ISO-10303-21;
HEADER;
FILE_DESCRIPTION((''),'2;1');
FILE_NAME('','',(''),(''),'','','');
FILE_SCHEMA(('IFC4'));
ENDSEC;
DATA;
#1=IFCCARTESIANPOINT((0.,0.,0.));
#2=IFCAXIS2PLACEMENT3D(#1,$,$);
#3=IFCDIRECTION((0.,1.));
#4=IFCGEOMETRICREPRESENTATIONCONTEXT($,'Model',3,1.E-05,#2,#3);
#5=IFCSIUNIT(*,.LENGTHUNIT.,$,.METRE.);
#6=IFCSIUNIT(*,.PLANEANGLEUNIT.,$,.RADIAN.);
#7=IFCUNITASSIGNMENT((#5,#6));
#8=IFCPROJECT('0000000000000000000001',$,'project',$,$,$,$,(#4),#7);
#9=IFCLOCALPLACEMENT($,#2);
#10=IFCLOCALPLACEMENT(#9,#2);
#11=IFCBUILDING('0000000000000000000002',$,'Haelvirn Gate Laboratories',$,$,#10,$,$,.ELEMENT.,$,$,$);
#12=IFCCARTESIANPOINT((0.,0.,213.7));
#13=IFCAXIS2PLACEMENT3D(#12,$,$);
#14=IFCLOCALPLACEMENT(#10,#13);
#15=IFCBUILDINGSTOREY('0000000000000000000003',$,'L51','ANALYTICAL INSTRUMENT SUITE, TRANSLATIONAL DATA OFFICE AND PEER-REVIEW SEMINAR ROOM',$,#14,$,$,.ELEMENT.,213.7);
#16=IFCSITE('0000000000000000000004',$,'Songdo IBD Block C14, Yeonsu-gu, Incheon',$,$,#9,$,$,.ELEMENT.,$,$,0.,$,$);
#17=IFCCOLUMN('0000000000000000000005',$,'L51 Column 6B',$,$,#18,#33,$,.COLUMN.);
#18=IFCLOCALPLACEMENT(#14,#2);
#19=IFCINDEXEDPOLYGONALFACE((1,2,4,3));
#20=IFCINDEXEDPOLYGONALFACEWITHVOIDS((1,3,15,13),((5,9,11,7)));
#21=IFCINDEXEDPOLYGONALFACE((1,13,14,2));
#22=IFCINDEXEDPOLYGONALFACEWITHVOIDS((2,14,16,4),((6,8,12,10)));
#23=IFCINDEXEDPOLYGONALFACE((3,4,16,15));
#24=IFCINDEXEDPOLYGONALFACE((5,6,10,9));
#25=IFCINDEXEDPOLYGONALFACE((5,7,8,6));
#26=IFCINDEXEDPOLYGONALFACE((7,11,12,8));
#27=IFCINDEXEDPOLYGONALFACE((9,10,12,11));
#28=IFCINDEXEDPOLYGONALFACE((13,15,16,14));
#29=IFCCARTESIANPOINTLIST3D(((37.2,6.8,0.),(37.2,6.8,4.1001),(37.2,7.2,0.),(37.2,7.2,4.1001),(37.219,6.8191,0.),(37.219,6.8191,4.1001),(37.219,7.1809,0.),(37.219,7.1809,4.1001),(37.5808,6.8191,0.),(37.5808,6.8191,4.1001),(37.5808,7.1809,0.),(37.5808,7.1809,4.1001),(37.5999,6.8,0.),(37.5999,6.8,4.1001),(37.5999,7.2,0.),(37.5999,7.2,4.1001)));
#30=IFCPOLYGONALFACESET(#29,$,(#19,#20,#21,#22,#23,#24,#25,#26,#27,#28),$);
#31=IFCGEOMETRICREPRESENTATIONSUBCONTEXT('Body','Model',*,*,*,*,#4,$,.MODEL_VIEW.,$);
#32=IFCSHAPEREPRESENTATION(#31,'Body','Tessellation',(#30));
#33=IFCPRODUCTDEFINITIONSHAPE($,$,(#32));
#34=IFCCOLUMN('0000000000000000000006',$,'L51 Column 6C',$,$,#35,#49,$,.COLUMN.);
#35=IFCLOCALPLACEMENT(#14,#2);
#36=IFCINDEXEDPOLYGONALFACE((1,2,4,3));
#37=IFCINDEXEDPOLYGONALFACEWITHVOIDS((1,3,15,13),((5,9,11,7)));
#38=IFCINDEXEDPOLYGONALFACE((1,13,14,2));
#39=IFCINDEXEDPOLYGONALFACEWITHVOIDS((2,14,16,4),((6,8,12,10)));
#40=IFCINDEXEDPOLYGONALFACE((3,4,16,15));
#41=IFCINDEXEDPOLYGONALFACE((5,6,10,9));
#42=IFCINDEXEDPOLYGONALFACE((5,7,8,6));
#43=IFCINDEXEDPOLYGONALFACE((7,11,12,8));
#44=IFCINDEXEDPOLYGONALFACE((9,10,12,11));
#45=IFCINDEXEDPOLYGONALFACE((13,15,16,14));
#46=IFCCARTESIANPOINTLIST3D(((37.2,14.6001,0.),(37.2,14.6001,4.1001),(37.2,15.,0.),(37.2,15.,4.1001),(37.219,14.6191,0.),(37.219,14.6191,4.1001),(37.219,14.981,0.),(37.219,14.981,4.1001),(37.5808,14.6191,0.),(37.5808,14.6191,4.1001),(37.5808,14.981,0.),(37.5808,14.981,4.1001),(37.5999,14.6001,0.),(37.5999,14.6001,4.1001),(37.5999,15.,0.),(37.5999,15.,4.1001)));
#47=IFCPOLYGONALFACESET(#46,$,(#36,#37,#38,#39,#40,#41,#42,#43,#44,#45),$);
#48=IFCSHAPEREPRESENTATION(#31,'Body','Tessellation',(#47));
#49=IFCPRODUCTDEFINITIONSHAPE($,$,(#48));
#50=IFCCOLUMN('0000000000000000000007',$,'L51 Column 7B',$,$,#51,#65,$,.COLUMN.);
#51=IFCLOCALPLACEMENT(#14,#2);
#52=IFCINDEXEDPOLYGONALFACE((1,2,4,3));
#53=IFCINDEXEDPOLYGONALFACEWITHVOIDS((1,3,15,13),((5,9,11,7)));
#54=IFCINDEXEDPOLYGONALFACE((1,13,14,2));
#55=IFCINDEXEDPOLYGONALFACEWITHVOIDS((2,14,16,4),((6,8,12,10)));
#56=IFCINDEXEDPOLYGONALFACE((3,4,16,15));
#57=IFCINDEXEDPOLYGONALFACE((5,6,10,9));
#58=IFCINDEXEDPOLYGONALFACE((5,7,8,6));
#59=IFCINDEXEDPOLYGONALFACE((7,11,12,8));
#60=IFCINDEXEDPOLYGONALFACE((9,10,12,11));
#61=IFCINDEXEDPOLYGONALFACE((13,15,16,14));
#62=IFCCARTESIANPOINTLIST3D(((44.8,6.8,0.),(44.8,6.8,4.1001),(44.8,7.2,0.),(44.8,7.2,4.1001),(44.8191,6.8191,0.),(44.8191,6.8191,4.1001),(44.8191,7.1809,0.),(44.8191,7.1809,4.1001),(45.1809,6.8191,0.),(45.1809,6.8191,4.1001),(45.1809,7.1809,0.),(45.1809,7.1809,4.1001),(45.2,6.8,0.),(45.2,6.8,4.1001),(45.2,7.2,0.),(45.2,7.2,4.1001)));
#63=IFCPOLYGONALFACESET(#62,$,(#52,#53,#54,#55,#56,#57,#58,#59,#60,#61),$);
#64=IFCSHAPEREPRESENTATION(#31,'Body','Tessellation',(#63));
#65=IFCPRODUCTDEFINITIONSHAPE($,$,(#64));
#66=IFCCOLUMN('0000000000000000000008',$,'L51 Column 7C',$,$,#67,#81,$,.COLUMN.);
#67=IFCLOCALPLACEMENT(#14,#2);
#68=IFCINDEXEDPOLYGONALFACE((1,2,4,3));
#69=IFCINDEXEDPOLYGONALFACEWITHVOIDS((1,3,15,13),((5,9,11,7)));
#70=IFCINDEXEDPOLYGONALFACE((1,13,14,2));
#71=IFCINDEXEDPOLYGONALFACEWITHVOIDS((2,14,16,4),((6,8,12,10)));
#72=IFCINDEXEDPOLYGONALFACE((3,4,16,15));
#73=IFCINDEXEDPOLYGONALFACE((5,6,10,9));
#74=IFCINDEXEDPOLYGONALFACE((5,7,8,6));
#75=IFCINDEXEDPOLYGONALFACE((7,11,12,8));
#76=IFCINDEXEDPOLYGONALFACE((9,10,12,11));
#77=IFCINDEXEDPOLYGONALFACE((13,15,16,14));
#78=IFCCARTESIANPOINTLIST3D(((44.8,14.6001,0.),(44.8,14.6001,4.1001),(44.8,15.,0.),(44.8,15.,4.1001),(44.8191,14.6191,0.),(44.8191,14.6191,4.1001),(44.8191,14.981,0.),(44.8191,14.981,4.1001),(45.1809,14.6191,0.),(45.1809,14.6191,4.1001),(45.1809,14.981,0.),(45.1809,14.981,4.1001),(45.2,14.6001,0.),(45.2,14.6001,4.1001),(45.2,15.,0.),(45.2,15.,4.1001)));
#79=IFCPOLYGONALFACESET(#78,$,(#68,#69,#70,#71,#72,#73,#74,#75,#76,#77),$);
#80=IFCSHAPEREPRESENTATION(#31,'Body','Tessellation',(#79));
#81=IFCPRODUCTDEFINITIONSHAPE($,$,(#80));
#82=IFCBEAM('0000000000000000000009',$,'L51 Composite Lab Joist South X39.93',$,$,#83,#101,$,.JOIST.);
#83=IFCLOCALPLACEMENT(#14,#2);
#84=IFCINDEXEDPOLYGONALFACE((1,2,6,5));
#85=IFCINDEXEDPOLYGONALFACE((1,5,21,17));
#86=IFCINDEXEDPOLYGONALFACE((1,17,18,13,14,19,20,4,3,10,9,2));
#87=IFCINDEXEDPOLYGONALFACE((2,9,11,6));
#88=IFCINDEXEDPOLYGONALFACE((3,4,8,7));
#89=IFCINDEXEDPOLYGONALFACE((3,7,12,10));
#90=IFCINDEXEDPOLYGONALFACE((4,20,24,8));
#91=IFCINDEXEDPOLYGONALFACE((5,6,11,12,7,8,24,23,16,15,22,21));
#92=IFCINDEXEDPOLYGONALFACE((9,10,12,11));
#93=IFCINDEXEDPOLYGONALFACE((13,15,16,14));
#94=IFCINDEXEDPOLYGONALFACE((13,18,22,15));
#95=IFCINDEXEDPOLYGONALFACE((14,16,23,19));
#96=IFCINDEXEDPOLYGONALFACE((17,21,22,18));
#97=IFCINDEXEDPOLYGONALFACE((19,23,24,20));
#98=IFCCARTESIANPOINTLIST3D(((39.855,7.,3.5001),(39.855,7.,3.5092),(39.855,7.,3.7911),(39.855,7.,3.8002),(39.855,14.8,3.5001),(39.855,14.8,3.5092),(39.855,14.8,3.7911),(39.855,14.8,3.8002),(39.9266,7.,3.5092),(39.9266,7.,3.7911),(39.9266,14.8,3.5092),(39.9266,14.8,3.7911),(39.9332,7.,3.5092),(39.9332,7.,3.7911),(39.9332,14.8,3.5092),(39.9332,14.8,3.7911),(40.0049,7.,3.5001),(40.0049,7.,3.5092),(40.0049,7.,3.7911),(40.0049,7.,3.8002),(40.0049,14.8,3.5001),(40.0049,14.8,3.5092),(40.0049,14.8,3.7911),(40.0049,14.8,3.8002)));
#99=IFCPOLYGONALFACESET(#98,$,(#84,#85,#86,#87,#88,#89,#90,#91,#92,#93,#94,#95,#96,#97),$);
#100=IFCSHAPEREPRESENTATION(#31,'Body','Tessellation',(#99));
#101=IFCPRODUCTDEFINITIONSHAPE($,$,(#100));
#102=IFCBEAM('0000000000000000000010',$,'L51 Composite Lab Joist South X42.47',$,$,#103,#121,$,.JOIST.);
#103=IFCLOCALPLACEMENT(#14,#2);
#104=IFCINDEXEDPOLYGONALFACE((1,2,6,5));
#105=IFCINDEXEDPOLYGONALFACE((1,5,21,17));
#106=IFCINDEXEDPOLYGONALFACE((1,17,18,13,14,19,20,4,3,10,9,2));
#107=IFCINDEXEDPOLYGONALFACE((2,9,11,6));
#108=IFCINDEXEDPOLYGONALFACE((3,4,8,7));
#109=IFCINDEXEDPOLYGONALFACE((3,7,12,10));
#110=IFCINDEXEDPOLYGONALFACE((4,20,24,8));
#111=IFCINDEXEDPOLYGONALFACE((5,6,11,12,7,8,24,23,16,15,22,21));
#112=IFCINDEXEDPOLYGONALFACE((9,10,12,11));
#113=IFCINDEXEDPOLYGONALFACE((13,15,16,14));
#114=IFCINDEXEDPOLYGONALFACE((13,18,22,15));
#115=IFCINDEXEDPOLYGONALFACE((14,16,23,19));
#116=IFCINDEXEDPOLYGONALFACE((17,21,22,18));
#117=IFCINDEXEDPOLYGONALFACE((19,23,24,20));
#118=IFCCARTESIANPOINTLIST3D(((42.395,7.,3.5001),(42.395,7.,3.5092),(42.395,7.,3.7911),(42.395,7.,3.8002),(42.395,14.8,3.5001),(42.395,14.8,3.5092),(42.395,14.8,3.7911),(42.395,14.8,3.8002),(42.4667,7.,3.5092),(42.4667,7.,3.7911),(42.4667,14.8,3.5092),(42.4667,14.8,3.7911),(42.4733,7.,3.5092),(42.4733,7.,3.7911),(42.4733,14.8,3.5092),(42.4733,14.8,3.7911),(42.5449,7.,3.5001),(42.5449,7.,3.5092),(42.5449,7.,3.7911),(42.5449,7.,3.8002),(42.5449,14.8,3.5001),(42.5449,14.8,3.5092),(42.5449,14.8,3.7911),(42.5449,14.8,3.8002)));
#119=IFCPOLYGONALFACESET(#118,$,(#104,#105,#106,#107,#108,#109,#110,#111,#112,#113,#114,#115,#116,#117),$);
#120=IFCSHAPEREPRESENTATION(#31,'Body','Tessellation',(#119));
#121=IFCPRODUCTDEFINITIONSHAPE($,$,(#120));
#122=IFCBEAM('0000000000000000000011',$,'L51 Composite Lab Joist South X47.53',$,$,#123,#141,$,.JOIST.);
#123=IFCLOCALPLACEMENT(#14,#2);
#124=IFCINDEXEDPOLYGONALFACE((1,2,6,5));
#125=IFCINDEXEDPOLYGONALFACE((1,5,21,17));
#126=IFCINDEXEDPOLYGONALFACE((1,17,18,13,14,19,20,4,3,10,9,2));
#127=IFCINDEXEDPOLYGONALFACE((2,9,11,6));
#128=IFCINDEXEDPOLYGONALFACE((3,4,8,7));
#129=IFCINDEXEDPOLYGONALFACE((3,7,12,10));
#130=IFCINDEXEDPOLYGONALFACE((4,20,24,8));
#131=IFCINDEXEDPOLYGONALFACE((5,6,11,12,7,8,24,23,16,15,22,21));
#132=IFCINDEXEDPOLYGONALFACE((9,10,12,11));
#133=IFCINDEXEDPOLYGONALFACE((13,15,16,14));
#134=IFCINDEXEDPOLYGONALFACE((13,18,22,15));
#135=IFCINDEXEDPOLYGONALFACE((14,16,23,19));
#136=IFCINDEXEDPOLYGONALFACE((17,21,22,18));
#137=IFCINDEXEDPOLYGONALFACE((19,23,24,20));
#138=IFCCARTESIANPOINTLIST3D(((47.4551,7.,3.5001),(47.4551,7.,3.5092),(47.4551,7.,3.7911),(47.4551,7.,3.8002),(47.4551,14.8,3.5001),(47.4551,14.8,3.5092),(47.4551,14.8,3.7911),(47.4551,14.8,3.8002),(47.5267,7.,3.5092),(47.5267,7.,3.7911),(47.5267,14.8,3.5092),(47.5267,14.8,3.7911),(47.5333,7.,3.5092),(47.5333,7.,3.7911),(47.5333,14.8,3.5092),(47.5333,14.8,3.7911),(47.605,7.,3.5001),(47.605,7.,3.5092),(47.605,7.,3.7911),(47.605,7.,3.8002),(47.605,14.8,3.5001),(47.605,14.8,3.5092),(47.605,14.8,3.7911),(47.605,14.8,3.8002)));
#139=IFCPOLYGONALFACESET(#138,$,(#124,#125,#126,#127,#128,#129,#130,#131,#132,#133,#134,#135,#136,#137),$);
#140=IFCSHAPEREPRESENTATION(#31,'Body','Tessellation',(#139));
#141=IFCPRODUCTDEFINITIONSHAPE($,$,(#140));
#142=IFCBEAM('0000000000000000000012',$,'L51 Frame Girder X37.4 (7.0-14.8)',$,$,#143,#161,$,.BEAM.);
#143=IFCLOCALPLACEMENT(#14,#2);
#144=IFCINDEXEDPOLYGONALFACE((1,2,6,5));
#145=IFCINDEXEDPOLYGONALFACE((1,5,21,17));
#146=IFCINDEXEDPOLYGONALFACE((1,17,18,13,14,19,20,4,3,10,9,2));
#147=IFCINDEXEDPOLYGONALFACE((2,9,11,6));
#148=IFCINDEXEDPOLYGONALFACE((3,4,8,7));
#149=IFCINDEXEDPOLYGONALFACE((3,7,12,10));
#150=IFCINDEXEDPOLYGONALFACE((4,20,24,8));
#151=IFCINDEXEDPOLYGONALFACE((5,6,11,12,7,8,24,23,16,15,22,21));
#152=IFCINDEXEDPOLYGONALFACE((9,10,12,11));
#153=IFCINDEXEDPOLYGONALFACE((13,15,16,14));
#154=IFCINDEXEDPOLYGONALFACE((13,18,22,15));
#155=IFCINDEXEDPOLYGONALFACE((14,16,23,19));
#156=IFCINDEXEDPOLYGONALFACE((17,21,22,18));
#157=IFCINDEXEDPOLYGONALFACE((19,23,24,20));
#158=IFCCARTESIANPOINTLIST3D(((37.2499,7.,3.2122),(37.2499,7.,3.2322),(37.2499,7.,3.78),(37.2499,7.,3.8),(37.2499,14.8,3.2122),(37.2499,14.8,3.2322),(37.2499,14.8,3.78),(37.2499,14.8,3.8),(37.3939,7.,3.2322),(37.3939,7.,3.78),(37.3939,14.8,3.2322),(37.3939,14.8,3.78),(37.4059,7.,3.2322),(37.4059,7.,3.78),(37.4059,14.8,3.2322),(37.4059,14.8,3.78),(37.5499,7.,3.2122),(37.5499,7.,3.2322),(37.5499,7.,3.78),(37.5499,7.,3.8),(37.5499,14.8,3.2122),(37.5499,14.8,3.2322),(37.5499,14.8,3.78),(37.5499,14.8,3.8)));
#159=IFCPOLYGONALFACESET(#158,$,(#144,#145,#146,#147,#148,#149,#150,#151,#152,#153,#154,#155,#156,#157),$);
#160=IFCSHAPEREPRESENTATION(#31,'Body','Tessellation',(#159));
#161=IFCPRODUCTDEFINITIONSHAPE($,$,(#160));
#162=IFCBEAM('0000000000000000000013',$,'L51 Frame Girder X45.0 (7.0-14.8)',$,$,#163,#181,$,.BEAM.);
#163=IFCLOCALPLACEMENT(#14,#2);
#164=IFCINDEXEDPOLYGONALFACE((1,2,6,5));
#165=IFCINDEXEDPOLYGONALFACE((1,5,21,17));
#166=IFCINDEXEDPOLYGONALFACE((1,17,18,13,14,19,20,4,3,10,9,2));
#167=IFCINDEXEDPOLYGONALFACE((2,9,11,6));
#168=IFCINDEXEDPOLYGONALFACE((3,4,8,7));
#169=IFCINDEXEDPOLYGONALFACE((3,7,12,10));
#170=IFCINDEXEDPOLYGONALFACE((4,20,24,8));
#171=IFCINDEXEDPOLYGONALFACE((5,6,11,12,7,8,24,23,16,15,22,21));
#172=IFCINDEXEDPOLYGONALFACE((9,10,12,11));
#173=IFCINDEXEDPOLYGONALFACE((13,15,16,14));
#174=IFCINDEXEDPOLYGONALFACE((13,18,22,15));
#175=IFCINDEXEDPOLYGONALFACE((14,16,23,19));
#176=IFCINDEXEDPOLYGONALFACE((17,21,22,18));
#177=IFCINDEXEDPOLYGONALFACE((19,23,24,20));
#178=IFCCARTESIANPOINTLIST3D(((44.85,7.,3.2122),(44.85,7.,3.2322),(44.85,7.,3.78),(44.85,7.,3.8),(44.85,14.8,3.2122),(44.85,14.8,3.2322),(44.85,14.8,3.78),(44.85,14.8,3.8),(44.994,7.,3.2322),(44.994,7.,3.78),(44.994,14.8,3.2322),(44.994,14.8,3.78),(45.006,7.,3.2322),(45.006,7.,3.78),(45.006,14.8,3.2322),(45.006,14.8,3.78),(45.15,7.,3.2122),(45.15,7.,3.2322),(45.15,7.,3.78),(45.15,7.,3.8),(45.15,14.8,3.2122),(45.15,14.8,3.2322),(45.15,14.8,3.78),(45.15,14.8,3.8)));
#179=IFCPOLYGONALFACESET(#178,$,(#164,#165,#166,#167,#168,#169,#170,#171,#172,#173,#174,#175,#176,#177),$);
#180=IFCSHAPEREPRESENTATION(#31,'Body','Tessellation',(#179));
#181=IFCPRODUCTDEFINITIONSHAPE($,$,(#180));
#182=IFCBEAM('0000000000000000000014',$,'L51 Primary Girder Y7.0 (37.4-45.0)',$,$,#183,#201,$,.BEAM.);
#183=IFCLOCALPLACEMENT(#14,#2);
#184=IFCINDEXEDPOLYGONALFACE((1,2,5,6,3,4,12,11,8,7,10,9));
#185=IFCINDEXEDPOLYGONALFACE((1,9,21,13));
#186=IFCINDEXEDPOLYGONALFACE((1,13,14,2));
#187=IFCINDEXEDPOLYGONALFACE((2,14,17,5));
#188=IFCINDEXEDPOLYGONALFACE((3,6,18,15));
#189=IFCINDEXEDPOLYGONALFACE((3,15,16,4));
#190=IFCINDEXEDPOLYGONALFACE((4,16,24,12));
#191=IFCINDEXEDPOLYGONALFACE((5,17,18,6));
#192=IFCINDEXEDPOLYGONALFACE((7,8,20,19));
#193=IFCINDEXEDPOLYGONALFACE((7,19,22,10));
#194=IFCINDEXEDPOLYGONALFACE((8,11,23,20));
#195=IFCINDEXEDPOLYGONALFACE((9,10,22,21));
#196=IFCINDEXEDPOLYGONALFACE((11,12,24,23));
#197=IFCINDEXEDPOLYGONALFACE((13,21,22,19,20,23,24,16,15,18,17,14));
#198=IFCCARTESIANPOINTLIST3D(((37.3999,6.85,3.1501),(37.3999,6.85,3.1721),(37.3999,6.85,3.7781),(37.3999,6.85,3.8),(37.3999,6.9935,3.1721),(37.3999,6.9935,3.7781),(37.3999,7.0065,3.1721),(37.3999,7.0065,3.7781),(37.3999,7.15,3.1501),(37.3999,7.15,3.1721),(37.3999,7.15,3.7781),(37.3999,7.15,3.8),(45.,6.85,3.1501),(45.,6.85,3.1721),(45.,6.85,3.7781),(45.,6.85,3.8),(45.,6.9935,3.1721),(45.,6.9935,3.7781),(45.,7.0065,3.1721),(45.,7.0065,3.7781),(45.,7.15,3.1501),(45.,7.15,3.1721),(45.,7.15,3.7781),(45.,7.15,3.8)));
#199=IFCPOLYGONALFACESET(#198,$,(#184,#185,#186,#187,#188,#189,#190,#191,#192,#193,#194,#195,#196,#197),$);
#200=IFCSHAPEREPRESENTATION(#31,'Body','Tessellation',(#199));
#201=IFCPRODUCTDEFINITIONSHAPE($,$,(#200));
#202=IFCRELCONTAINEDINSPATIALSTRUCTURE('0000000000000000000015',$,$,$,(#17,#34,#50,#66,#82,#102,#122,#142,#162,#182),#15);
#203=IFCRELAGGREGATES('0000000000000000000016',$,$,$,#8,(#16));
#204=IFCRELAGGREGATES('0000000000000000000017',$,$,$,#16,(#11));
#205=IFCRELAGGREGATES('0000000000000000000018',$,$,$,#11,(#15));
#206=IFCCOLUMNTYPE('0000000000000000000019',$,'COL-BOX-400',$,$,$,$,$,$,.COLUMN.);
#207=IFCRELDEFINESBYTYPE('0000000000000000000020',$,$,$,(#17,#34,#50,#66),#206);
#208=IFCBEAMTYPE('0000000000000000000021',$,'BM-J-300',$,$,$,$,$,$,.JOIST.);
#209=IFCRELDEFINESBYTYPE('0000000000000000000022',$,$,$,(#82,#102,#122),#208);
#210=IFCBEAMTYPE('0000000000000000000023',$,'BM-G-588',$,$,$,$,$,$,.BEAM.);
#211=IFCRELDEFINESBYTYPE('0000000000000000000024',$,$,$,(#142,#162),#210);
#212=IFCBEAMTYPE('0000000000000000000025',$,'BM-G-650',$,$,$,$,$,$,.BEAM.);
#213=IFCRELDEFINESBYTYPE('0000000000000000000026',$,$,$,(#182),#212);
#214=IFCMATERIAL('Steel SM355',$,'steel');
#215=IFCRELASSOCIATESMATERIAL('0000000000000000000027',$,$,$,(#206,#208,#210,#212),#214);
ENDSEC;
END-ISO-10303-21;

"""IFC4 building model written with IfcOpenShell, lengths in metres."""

from ifc_helpers import new_model, si_unit, direction, frame, origin, origin_2d, place, context, subcontext, project, spatial, hollow_rectangle, i_section, extrude, source, transform, mapped, material, material_profile, profile_set, type_object, type_shapes, element, save


model = new_model("IFC4")

# Units and contexts
model_context = context("Model", 3, precision=1e-05, world=origin(), true_north=direction((0.0, 1.0)))
body_context = subcontext(model_context, "Body", "Model", "MODEL_VIEW")
ifc_project = project(units=[si_unit("LENGTHUNIT", "METRE"), si_unit("PLANEANGLEUNIT", "RADIAN")], contexts=[model_context])

# Site, building, storey
site_placement = place(None, origin())
site = spatial("IfcSite", under=ifc_project, at=site_placement, Name="Songdo IBD Block C14, Yeonsu-gu, Incheon", CompositionType="ELEMENT", RefElevation=0.0)
building_placement = place(site_placement, origin())
building = spatial("IfcBuilding", under=site, at=building_placement, Name="Haelvirn Gate Laboratories", CompositionType="ELEMENT")
storey_placement = place(building_placement, frame((0.0, 0.0, 213.7)))
storey = spatial("IfcBuildingStorey", under=building, at=storey_placement, Name="L51", Description="ANALYTICAL INSTRUMENT SUITE, TRANSLATIONAL DATA OFFICE AND PEER-REVIEW SEMINAR ROOM", CompositionType="ELEMENT", Elevation=213.7)

# Columns
ifc_material_1 = material(Name="Steel SM355", Category="steel")
ifc_material_profile_1 = material_profile(ifc_material_1, hollow_rectangle(XDim=0.3999, YDim=0.3999, WallThickness=0.019, at=origin_2d()), Name="BOX-400x400x19")
ifc_profile_set_1 = profile_set([ifc_material_profile_1], Name="Steel SM355")
column_type = type_object("IfcColumnType", Name="COL-BOX-400", PredefinedType="COLUMN", material=ifc_profile_set_1)
shared_shape_1 = source(origin(), body_context, "Body", "SweptSolid", [
    extrude(hollow_rectangle(XDim=0.3999, YDim=0.3999, WallThickness=0.019, at=origin_2d()), origin(), (0.0, 0.0, 1.0), 4.1001),
])
type_shapes(column_type, [shared_shape_1])
for number, where, z_axis, x_axis, name in (
    (1, (37.3999, 7.0, 0.0), (0.0, 0.0, 1.0), (1.0, 0.0, 0.0), "L51 Column 6B"),
    (2, (37.3999, 14.8, 0.0), (0.0, 0.0, 1.0), (1.0, 0.0, 0.0), "L51 Column 6C"),
    (3, (45.0, 7.0, 0.0), (0.0, 0.0, 1.0), (1.0, 0.0, 0.0), "L51 Column 7B"),
    (4, (45.0, 14.8, 0.0), (0.0, 0.0, 1.0), (1.0, 0.0, 0.0), "L51 Column 7C"),
):
    element("IfcColumn", number, at=place(storey_placement, frame(where, z_axis=z_axis, x_axis=x_axis)), inside=storey, type_object=column_type, Name=name, PredefinedType="COLUMN", context=body_context, shape_type="MappedRepresentation", body=[
        mapped(shared_shape_1, transform((0.0, 0.0, 0.0), scale=1.0)),
    ])

# Beams
ifc_material_profile_2 = material_profile(ifc_material_1, i_section(OverallWidth=0.1499, OverallDepth=0.3, WebThickness=0.0066, FlangeThickness=0.009, at=origin_2d()), Name="H-300x150x6.5x9")
ifc_profile_set_2 = profile_set([ifc_material_profile_2], Name="Steel SM355")
beam_type_1 = type_object("IfcBeamType", Name="BM-J-300", PredefinedType="JOIST", material=ifc_profile_set_2)
shared_shape_2 = source(origin(), body_context, "Body", "SweptSolid", [
    extrude(i_section(OverallWidth=0.1499, OverallDepth=0.3, WebThickness=0.0066, FlangeThickness=0.009, at=origin_2d()), origin(), (0.0, 0.0, 1.0), 7.8),
])
type_shapes(beam_type_1, [shared_shape_2])
for number, where, z_axis, x_axis, name in (
    (5, (39.9299, 7.0, 3.6501), (0.0, 1.0, 0.0), (-1.0, 0.0, 0.0), "L51 Composite Lab Joist South X39.93"),
    (6, (42.47, 7.0, 3.6501), (0.0, 1.0, 0.0), (-1.0, 0.0, 0.0), "L51 Composite Lab Joist South X42.47"),
    (7, (47.53, 7.0, 3.6501), (0.0, 1.0, 0.0), (-1.0, 0.0, 0.0), "L51 Composite Lab Joist South X47.53"),
):
    element("IfcBeam", number, at=place(storey_placement, frame(where, z_axis=z_axis, x_axis=x_axis)), inside=storey, type_object=beam_type_1, Name=name, PredefinedType="JOIST", context=body_context, shape_type="MappedRepresentation", body=[
        mapped(shared_shape_2, transform((0.0, 0.0, 0.0), scale=1.0)),
    ])
ifc_material_profile_3 = material_profile(ifc_material_1, i_section(OverallWidth=0.3, OverallDepth=0.5879, WebThickness=0.012, FlangeThickness=0.02, at=origin_2d()), Name="H-588x300x12x20")
ifc_profile_set_3 = profile_set([ifc_material_profile_3], Name="Steel SM355")
beam_type_2 = type_object("IfcBeamType", Name="BM-G-588", PredefinedType="BEAM", material=ifc_profile_set_3)
shared_shape_3 = source(origin(), body_context, "Body", "SweptSolid", [
    extrude(i_section(OverallWidth=0.3, OverallDepth=0.5879, WebThickness=0.012, FlangeThickness=0.02, at=origin_2d()), origin(), (0.0, 0.0, 1.0), 7.8),
])
type_shapes(beam_type_2, [shared_shape_3])
for number, where, z_axis, x_axis, name in (
    (8, (37.3999, 7.0, 3.5061), (0.0, 1.0, 0.0), (-1.0, 0.0, 0.0), "L51 Frame Girder X37.4 (7.0-14.8)"),
    (9, (45.0, 7.0, 3.5061), (0.0, 1.0, 0.0), (-1.0, 0.0, 0.0), "L51 Frame Girder X45.0 (7.0-14.8)"),
):
    element("IfcBeam", number, at=place(storey_placement, frame(where, z_axis=z_axis, x_axis=x_axis)), inside=storey, type_object=beam_type_2, Name=name, PredefinedType="BEAM", context=body_context, shape_type="MappedRepresentation", body=[
        mapped(shared_shape_3, transform((0.0, 0.0, 0.0), scale=1.0)),
    ])
ifc_material_profile_4 = material_profile(ifc_material_1, i_section(OverallWidth=0.3, OverallDepth=0.6499, WebThickness=0.0129, FlangeThickness=0.022, at=origin_2d()), Name="H-650x300x13x22")
ifc_profile_set_4 = profile_set([ifc_material_profile_4], Name="Steel SM355")
beam_type_3 = type_object("IfcBeamType", Name="BM-G-650", PredefinedType="BEAM", material=ifc_profile_set_4)
shared_shape_4 = source(origin(), body_context, "Body", "SweptSolid", [
    extrude(i_section(OverallWidth=0.3, OverallDepth=0.6499, WebThickness=0.0129, FlangeThickness=0.022, at=origin_2d()), origin(), (0.0, 0.0, 1.0), 7.6001),
])
type_shapes(beam_type_3, [shared_shape_4])
for number, where, z_axis, x_axis, name in (
    (10, (37.3999, 7.0, 3.4751), (1.0, 0.0, 0.0), (0.0, 1.0, 0.0), "L51 Primary Girder Y7.0 (37.4-45.0)"),
):
    element("IfcBeam", number, at=place(storey_placement, frame(where, z_axis=z_axis, x_axis=x_axis)), inside=storey, type_object=beam_type_3, Name=name, PredefinedType="BEAM", context=body_context, shape_type="MappedRepresentation", body=[
        mapped(shared_shape_4, transform((0.0, 0.0, 0.0), scale=1.0)),
    ])

save(model, "model.ifc")
